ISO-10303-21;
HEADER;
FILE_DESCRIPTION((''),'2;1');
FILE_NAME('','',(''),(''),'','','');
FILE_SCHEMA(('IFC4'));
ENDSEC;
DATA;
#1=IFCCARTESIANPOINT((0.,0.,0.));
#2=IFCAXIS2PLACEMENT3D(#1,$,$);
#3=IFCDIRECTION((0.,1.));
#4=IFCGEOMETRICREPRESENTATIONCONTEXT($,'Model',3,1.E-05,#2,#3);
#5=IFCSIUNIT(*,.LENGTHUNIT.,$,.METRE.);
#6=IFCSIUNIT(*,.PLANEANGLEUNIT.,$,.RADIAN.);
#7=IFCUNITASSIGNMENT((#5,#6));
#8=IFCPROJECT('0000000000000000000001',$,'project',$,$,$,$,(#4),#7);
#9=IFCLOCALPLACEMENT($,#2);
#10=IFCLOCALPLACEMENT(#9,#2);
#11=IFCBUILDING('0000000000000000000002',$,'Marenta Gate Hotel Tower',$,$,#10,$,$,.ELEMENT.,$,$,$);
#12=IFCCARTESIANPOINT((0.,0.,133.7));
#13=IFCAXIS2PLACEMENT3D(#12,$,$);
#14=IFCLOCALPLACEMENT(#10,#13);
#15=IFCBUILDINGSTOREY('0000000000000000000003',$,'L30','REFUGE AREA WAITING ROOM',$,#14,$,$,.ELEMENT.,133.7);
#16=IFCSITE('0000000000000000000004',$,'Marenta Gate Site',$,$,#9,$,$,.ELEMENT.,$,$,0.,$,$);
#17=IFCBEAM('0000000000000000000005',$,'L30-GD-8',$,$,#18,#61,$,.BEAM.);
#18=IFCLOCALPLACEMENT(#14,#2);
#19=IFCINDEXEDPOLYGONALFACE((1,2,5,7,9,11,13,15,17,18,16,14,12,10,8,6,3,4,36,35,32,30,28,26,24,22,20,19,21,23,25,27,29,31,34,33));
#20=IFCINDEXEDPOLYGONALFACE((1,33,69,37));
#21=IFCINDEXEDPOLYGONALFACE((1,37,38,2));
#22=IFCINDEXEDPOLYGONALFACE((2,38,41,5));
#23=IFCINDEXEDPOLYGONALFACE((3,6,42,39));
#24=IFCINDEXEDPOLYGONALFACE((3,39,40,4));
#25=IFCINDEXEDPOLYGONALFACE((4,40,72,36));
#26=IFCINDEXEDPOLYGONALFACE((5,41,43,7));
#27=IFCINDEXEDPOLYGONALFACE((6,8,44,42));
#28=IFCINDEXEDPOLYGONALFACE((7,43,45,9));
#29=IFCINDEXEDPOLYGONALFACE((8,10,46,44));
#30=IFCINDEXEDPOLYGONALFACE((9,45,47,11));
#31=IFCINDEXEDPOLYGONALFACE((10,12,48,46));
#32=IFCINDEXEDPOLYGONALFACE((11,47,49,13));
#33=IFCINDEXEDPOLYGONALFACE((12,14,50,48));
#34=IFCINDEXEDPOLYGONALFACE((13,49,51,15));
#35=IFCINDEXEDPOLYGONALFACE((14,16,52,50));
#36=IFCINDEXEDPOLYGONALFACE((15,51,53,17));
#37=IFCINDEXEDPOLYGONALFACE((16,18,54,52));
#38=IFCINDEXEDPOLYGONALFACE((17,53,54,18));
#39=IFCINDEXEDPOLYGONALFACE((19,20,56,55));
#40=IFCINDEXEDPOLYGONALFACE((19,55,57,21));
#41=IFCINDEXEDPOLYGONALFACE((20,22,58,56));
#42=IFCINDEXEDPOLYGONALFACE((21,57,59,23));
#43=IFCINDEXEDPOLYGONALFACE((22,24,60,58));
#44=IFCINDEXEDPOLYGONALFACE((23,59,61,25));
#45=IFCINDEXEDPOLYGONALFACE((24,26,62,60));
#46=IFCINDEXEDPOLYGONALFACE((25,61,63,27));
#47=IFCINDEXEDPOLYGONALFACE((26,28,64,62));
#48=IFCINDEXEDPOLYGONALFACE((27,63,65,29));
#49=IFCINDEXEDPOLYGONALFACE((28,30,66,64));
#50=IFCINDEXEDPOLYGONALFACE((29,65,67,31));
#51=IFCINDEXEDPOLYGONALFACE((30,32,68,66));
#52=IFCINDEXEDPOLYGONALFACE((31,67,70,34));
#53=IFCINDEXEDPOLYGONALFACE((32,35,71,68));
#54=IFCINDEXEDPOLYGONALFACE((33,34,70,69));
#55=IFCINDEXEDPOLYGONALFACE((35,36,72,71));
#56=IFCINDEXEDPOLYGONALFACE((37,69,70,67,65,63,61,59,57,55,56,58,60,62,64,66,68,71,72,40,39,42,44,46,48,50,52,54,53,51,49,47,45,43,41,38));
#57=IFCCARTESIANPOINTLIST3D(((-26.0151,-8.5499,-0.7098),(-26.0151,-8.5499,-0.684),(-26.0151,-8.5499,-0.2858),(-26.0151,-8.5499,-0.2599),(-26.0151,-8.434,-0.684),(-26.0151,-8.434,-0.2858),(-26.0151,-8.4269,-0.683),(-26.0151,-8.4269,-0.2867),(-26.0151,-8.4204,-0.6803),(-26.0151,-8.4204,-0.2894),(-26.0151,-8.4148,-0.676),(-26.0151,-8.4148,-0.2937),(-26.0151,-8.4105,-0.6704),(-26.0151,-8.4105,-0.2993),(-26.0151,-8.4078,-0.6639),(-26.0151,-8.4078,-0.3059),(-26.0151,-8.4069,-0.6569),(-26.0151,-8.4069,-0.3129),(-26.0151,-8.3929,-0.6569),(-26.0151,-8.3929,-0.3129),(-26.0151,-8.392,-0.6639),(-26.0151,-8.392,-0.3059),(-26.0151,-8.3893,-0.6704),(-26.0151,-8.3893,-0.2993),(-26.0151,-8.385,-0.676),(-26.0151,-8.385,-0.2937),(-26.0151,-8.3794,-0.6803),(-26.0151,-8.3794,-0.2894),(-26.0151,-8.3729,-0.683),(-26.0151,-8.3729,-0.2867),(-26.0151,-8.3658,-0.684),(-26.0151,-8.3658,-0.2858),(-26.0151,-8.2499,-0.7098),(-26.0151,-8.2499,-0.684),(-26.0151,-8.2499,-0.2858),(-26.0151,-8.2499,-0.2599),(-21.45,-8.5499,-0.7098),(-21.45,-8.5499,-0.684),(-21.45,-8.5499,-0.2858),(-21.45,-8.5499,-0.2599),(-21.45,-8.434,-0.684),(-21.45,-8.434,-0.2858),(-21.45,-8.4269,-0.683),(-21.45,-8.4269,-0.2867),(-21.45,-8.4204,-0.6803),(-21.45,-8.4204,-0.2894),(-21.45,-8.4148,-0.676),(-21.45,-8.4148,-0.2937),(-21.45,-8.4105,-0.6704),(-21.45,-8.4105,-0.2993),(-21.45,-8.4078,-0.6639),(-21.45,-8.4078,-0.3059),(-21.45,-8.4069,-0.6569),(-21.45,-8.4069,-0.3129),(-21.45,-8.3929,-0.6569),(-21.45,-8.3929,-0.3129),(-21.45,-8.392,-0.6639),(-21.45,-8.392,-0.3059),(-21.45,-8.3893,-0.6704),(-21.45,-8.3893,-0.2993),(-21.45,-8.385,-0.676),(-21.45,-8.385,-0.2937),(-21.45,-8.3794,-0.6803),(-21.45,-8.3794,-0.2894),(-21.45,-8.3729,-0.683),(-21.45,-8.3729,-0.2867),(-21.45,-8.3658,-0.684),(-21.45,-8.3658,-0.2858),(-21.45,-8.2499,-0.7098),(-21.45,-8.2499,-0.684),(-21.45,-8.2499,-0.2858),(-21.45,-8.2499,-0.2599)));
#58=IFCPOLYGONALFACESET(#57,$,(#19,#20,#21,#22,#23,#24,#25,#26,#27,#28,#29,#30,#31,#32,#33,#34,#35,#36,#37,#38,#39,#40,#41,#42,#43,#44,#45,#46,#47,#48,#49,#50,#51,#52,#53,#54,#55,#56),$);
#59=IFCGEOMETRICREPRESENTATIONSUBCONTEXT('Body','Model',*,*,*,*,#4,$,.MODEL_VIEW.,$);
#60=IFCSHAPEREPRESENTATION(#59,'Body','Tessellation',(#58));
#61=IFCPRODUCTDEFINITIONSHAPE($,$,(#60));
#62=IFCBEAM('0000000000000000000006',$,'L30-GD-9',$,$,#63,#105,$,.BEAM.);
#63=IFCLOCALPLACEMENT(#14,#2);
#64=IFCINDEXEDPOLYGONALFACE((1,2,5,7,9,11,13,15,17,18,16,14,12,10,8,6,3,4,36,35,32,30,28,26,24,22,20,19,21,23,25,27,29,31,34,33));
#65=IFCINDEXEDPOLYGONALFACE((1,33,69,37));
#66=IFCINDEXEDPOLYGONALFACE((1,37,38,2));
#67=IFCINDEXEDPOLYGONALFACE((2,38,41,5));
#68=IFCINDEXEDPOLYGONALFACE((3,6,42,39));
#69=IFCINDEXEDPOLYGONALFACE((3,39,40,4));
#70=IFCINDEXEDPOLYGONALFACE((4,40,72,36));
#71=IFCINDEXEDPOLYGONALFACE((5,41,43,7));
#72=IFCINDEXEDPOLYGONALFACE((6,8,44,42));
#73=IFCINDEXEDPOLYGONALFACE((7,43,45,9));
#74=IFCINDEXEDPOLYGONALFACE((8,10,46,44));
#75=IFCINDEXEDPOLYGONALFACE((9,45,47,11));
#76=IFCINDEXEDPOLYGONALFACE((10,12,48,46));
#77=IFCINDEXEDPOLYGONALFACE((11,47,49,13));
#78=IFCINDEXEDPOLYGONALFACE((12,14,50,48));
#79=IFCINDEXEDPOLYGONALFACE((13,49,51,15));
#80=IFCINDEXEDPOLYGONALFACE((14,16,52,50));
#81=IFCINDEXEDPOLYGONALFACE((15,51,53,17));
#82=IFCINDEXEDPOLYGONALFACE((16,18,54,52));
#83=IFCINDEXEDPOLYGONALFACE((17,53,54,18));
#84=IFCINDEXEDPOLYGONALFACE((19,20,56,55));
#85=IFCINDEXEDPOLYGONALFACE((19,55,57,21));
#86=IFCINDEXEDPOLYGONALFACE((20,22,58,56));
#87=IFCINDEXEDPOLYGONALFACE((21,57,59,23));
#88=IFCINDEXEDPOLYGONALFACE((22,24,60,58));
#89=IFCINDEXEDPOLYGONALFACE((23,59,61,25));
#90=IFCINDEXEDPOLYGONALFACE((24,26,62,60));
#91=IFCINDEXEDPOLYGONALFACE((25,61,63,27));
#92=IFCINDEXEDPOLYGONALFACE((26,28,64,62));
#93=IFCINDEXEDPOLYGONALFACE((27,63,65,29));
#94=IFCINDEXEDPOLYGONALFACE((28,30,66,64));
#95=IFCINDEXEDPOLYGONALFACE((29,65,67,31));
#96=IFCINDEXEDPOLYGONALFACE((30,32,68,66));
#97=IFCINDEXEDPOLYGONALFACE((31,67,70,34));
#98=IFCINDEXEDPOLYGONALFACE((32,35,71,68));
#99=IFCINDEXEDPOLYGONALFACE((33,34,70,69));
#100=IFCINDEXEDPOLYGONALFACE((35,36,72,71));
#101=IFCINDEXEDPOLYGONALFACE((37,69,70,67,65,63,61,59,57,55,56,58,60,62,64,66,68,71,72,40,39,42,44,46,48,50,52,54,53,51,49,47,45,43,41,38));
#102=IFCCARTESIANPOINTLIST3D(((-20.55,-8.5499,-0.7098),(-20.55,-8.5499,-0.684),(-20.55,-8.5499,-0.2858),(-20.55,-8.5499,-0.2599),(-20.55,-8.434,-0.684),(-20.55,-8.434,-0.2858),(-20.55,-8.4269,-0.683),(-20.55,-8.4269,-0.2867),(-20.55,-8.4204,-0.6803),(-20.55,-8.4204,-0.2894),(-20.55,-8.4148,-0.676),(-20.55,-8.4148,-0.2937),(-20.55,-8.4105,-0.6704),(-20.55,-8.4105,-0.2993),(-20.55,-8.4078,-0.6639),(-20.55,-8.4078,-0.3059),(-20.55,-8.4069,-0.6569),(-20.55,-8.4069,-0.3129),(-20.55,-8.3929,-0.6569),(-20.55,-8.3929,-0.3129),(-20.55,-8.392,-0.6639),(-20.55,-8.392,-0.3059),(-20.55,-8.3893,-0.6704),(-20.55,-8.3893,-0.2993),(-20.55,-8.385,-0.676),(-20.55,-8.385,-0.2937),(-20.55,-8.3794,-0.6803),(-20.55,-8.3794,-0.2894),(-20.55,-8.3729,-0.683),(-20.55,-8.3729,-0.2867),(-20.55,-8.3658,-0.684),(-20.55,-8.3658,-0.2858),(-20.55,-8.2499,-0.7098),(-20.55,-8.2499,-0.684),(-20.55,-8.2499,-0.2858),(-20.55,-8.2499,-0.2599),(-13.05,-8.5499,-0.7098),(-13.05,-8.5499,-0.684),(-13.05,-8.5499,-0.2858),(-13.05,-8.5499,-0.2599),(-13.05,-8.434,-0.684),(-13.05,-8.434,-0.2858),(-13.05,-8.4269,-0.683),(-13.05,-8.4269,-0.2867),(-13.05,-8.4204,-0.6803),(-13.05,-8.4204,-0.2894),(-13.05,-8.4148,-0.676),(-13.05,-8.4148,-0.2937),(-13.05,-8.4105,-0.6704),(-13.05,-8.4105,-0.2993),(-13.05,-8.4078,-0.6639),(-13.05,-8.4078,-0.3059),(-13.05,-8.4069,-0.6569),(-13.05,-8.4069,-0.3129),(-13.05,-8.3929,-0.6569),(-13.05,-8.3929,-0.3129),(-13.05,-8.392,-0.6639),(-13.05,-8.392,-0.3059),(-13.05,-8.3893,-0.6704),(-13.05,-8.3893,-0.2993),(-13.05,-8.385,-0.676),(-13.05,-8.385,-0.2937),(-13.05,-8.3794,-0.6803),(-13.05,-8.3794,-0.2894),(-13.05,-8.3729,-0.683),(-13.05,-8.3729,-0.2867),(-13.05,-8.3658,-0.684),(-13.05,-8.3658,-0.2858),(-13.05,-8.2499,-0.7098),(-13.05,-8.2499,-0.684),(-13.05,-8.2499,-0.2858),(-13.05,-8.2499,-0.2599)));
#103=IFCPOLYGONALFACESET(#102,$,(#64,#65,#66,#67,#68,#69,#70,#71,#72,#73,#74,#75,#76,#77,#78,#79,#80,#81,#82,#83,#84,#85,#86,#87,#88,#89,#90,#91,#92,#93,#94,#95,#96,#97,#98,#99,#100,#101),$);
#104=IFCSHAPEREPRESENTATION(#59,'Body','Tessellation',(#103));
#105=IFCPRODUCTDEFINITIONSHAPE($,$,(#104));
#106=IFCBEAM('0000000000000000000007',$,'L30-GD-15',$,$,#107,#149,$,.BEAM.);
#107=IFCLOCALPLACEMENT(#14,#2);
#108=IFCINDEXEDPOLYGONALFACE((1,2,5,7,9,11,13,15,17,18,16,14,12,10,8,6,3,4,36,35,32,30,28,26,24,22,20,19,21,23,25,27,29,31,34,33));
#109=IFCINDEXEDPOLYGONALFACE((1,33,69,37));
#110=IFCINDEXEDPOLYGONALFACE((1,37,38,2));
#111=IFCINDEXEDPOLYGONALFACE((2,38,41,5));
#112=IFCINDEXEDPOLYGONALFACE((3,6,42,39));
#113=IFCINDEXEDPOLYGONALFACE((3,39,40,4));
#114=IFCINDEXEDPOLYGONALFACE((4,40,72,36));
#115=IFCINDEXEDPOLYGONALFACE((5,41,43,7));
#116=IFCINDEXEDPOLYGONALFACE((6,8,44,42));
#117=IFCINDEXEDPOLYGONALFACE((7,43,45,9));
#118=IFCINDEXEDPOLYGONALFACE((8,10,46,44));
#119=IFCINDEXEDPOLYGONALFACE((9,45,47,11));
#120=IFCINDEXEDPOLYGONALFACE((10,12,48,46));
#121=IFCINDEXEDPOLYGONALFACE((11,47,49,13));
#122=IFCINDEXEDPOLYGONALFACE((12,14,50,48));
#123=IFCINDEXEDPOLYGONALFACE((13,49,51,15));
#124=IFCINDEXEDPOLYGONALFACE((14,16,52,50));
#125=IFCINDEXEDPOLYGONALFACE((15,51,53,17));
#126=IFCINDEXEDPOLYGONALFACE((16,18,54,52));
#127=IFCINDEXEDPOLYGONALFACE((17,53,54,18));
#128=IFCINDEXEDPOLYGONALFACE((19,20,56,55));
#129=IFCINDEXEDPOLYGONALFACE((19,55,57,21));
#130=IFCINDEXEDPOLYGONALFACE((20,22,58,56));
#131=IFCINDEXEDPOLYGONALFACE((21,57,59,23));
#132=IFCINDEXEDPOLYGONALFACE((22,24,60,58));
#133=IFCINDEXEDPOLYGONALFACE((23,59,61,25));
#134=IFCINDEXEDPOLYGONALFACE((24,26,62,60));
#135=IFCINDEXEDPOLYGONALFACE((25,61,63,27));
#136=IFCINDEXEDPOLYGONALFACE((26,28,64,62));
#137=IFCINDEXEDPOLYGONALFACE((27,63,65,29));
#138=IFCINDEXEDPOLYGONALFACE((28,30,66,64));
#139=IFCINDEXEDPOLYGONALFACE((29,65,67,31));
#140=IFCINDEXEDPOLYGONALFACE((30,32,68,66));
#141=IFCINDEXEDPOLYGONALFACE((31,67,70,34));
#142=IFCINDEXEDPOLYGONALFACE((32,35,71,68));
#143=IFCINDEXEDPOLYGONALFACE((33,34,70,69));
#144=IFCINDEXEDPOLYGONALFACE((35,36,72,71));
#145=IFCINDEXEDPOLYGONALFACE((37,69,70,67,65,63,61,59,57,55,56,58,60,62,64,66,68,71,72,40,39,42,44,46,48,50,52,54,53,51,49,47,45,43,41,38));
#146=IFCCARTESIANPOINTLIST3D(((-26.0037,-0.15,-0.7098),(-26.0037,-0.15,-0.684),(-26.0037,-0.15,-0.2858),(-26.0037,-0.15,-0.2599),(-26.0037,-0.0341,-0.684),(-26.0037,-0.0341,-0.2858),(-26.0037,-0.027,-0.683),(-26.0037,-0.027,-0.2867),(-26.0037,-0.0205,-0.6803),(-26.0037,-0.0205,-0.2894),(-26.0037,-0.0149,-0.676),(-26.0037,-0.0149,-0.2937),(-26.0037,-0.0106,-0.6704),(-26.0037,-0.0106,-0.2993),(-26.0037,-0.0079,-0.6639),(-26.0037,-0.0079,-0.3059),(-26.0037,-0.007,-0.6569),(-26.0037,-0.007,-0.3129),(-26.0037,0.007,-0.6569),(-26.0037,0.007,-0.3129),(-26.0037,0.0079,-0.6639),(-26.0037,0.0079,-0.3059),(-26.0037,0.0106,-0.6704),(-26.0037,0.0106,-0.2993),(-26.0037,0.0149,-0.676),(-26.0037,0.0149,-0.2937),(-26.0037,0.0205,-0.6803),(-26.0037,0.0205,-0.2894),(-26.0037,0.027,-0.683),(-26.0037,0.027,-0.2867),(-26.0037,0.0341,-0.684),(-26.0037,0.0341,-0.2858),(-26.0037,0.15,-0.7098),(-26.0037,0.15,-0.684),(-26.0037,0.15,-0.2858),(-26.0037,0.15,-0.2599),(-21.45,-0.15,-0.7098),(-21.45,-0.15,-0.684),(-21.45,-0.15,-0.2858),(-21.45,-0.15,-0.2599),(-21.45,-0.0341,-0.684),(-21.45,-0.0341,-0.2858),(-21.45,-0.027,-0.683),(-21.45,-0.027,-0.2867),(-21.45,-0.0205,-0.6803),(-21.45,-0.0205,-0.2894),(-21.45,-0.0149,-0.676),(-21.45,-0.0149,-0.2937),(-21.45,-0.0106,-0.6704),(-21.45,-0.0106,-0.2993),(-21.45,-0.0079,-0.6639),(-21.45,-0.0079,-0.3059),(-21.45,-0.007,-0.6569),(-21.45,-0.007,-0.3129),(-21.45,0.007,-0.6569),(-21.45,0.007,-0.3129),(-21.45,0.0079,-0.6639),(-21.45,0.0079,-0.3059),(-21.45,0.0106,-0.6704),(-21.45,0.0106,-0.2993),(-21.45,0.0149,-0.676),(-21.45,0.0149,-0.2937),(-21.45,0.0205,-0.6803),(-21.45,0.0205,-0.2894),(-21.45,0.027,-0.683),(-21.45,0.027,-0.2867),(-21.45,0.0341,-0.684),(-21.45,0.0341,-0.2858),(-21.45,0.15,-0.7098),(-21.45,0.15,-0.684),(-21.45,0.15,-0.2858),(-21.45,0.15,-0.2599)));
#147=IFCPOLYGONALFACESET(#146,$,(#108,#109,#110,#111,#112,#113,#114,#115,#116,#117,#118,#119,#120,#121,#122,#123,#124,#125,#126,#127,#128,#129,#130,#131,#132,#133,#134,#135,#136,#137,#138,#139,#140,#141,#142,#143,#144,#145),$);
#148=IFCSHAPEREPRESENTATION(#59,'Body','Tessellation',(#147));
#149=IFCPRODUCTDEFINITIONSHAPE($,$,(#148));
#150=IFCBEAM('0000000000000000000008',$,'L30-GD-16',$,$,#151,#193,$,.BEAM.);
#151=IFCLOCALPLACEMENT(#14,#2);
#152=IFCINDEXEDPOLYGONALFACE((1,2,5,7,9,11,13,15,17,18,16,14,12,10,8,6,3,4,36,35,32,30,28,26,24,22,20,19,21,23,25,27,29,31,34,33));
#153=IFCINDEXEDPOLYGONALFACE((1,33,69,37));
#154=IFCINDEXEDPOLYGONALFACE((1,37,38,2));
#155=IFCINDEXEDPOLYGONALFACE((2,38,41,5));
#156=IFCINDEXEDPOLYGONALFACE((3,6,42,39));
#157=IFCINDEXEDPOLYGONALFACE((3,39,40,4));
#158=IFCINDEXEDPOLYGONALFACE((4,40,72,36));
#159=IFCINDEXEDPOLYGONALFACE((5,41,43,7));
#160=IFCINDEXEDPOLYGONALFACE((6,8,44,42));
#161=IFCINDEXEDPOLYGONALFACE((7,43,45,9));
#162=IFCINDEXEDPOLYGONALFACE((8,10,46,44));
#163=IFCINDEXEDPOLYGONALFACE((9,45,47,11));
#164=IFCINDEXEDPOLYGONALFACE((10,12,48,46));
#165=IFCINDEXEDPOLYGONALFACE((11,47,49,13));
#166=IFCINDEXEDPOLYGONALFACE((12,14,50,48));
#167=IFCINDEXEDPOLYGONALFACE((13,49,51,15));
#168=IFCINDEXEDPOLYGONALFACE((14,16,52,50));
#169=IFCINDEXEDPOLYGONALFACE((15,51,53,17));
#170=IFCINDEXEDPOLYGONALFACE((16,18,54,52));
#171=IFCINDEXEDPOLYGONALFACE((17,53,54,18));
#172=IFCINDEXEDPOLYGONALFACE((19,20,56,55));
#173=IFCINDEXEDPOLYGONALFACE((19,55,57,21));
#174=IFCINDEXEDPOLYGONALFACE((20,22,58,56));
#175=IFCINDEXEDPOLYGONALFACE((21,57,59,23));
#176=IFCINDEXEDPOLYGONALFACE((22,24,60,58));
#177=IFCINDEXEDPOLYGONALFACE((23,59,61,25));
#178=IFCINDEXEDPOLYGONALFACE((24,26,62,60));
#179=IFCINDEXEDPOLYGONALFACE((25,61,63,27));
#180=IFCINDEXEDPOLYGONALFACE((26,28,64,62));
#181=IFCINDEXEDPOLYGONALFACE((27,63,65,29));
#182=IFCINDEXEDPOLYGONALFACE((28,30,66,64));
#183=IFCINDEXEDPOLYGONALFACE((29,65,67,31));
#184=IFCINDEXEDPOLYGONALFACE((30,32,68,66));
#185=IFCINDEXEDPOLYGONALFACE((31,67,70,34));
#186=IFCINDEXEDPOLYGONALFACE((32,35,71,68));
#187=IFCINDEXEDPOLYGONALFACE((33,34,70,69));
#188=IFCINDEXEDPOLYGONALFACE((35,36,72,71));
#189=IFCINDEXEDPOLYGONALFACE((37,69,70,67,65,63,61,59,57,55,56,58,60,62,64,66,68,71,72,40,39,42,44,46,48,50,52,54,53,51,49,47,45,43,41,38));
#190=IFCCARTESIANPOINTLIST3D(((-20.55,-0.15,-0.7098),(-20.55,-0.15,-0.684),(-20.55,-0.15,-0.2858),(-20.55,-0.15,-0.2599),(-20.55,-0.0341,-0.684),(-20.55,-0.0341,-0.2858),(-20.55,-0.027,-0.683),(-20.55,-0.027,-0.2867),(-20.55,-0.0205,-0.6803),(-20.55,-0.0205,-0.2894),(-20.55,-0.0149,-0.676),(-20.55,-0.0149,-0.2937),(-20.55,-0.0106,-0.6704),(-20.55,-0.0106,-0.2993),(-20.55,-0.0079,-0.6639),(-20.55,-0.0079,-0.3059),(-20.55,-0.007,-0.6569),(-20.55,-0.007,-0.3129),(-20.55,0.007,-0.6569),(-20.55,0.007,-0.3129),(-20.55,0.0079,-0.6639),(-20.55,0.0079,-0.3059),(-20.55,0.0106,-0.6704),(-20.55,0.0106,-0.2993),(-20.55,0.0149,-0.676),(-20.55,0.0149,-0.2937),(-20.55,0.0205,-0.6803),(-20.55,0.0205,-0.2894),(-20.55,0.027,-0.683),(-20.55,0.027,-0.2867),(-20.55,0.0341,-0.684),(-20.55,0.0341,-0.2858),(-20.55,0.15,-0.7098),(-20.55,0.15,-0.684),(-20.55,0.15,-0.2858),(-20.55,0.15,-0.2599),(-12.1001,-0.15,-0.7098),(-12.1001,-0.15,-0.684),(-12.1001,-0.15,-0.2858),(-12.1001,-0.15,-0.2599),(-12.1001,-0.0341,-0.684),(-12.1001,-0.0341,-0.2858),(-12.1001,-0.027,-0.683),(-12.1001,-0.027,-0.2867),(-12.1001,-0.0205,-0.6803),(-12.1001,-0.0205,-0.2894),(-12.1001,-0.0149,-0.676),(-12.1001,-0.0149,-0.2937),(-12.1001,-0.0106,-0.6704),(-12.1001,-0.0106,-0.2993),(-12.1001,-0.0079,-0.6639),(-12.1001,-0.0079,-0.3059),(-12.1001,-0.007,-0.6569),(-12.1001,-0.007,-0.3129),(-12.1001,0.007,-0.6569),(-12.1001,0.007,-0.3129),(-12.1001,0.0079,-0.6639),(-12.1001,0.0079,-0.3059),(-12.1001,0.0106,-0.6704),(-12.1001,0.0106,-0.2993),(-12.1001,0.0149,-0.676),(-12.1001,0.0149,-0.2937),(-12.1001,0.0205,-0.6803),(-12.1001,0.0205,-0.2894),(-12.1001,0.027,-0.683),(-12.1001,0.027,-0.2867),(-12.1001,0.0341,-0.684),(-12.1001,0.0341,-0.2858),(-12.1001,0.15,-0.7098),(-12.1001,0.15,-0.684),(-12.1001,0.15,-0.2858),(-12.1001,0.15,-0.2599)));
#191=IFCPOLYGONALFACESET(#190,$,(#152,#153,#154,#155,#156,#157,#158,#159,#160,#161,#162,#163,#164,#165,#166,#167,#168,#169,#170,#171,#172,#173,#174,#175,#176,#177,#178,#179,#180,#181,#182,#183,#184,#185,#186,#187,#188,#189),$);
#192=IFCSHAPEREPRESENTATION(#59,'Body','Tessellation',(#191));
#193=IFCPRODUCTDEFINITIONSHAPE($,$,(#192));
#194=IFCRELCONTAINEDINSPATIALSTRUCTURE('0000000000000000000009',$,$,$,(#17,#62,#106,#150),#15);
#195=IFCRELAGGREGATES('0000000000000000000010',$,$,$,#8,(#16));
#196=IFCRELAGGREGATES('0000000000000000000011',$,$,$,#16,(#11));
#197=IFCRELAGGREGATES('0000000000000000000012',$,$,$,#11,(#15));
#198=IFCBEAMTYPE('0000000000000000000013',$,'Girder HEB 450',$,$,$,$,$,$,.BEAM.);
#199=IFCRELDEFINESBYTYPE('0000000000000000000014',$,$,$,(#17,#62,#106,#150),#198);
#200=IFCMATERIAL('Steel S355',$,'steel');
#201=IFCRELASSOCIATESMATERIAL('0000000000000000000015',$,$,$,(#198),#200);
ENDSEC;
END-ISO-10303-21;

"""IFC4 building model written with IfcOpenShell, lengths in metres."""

from ifc_helpers import new_model, si_unit, direction, frame, origin, origin_2d, place, context, subcontext, project, spatial, i_section, extrude, material, material_profile, profile_set, type_object, element, save


model = new_model("IFC4")

# Units and contexts
model_context = context("Model", 3, precision=1e-05, world=origin(), true_north=direction((0.0, 1.0)))
body_context = subcontext(model_context, "Body", "Model", "MODEL_VIEW")
ifc_project = project(units=[si_unit("LENGTHUNIT", "METRE"), si_unit("PLANEANGLEUNIT", "RADIAN")], contexts=[model_context])

# Site, building, storey
site_placement = place(None, origin())
site = spatial("IfcSite", under=ifc_project, at=site_placement, Name="Marenta Gate Site", CompositionType="ELEMENT", RefElevation=0.0)
building_placement = place(site_placement, origin())
building = spatial("IfcBuilding", under=site, at=building_placement, Name="Marenta Gate Hotel Tower", CompositionType="ELEMENT")
storey_placement = place(building_placement, frame((0.0, 0.0, 133.7)))
storey = spatial("IfcBuildingStorey", under=building, at=storey_placement, Name="L30", Description="REFUGE AREA WAITING ROOM", CompositionType="ELEMENT", Elevation=133.7)

# Beams
ifc_material_1 = material(Name="Steel S355", Category="steel")
ifc_material_profile_1 = material_profile(ifc_material_1, i_section(OverallWidth=0.3, OverallDepth=0.45, WebThickness=0.0139, FlangeThickness=0.0259, FilletRadius=0.0271, at=origin_2d()), Name="HEB 450")
ifc_profile_set_1 = profile_set([ifc_material_profile_1], Name="Steel S355")
beam_type_1 = type_object("IfcBeamType", Name="Girder HEB 450", PredefinedType="BEAM", material=ifc_profile_set_1)
beam_1_placement = place(storey_placement, frame((-26.0151, -8.3999, -0.4849), z_axis=(1.0, 0.0, 0.0), x_axis=(0.0, 1.0, 0.0)))
element("IfcBeam", 1, at=beam_1_placement, inside=storey, type_object=beam_type_1, Name="L30-GD-8", PredefinedType="BEAM", context=body_context, shape_type="SweptSolid", body=[
    extrude(i_section(OverallWidth=0.3, OverallDepth=0.45, WebThickness=0.0139, FlangeThickness=0.0259, FilletRadius=0.0271, at=origin_2d()), origin(), (0.0, 0.0, 1.0), 4.5652),
])
beam_2_placement = place(storey_placement, frame((-20.55, -8.3999, -0.4849), z_axis=(1.0, 0.0, 0.0), x_axis=(0.0, 1.0, 0.0)))
element("IfcBeam", 2, at=beam_2_placement, inside=storey, type_object=beam_type_1, Name="L30-GD-9", PredefinedType="BEAM", context=body_context, shape_type="SweptSolid", body=[
    extrude(i_section(OverallWidth=0.3, OverallDepth=0.45, WebThickness=0.0139, FlangeThickness=0.0259, FilletRadius=0.0271, at=origin_2d()), origin(), (0.0, 0.0, 1.0), 7.5),
])
beam_3_placement = place(storey_placement, frame((-26.0037, 0.0, -0.4849), z_axis=(1.0, 0.0, 0.0), x_axis=(0.0, 1.0, 0.0)))
element("IfcBeam", 3, at=beam_3_placement, inside=storey, type_object=beam_type_1, Name="L30-GD-15", PredefinedType="BEAM", context=body_context, shape_type="SweptSolid", body=[
    extrude(i_section(OverallWidth=0.3, OverallDepth=0.45, WebThickness=0.0139, FlangeThickness=0.0259, FilletRadius=0.0271, at=origin_2d()), origin(), (0.0, 0.0, 1.0), 4.5537),
])
beam_4_placement = place(storey_placement, frame((-20.55, 0.0, -0.4849), z_axis=(1.0, 0.0, 0.0), x_axis=(0.0, 1.0, 0.0)))
element("IfcBeam", 4, at=beam_4_placement, inside=storey, type_object=beam_type_1, Name="L30-GD-16", PredefinedType="BEAM", context=body_context, shape_type="SweptSolid", body=[
    extrude(i_section(OverallWidth=0.3, OverallDepth=0.45, WebThickness=0.0139, FlangeThickness=0.0259, FilletRadius=0.0271, at=origin_2d()), origin(), (0.0, 0.0, 1.0), 8.45),
])

save(model, "model.ifc")
